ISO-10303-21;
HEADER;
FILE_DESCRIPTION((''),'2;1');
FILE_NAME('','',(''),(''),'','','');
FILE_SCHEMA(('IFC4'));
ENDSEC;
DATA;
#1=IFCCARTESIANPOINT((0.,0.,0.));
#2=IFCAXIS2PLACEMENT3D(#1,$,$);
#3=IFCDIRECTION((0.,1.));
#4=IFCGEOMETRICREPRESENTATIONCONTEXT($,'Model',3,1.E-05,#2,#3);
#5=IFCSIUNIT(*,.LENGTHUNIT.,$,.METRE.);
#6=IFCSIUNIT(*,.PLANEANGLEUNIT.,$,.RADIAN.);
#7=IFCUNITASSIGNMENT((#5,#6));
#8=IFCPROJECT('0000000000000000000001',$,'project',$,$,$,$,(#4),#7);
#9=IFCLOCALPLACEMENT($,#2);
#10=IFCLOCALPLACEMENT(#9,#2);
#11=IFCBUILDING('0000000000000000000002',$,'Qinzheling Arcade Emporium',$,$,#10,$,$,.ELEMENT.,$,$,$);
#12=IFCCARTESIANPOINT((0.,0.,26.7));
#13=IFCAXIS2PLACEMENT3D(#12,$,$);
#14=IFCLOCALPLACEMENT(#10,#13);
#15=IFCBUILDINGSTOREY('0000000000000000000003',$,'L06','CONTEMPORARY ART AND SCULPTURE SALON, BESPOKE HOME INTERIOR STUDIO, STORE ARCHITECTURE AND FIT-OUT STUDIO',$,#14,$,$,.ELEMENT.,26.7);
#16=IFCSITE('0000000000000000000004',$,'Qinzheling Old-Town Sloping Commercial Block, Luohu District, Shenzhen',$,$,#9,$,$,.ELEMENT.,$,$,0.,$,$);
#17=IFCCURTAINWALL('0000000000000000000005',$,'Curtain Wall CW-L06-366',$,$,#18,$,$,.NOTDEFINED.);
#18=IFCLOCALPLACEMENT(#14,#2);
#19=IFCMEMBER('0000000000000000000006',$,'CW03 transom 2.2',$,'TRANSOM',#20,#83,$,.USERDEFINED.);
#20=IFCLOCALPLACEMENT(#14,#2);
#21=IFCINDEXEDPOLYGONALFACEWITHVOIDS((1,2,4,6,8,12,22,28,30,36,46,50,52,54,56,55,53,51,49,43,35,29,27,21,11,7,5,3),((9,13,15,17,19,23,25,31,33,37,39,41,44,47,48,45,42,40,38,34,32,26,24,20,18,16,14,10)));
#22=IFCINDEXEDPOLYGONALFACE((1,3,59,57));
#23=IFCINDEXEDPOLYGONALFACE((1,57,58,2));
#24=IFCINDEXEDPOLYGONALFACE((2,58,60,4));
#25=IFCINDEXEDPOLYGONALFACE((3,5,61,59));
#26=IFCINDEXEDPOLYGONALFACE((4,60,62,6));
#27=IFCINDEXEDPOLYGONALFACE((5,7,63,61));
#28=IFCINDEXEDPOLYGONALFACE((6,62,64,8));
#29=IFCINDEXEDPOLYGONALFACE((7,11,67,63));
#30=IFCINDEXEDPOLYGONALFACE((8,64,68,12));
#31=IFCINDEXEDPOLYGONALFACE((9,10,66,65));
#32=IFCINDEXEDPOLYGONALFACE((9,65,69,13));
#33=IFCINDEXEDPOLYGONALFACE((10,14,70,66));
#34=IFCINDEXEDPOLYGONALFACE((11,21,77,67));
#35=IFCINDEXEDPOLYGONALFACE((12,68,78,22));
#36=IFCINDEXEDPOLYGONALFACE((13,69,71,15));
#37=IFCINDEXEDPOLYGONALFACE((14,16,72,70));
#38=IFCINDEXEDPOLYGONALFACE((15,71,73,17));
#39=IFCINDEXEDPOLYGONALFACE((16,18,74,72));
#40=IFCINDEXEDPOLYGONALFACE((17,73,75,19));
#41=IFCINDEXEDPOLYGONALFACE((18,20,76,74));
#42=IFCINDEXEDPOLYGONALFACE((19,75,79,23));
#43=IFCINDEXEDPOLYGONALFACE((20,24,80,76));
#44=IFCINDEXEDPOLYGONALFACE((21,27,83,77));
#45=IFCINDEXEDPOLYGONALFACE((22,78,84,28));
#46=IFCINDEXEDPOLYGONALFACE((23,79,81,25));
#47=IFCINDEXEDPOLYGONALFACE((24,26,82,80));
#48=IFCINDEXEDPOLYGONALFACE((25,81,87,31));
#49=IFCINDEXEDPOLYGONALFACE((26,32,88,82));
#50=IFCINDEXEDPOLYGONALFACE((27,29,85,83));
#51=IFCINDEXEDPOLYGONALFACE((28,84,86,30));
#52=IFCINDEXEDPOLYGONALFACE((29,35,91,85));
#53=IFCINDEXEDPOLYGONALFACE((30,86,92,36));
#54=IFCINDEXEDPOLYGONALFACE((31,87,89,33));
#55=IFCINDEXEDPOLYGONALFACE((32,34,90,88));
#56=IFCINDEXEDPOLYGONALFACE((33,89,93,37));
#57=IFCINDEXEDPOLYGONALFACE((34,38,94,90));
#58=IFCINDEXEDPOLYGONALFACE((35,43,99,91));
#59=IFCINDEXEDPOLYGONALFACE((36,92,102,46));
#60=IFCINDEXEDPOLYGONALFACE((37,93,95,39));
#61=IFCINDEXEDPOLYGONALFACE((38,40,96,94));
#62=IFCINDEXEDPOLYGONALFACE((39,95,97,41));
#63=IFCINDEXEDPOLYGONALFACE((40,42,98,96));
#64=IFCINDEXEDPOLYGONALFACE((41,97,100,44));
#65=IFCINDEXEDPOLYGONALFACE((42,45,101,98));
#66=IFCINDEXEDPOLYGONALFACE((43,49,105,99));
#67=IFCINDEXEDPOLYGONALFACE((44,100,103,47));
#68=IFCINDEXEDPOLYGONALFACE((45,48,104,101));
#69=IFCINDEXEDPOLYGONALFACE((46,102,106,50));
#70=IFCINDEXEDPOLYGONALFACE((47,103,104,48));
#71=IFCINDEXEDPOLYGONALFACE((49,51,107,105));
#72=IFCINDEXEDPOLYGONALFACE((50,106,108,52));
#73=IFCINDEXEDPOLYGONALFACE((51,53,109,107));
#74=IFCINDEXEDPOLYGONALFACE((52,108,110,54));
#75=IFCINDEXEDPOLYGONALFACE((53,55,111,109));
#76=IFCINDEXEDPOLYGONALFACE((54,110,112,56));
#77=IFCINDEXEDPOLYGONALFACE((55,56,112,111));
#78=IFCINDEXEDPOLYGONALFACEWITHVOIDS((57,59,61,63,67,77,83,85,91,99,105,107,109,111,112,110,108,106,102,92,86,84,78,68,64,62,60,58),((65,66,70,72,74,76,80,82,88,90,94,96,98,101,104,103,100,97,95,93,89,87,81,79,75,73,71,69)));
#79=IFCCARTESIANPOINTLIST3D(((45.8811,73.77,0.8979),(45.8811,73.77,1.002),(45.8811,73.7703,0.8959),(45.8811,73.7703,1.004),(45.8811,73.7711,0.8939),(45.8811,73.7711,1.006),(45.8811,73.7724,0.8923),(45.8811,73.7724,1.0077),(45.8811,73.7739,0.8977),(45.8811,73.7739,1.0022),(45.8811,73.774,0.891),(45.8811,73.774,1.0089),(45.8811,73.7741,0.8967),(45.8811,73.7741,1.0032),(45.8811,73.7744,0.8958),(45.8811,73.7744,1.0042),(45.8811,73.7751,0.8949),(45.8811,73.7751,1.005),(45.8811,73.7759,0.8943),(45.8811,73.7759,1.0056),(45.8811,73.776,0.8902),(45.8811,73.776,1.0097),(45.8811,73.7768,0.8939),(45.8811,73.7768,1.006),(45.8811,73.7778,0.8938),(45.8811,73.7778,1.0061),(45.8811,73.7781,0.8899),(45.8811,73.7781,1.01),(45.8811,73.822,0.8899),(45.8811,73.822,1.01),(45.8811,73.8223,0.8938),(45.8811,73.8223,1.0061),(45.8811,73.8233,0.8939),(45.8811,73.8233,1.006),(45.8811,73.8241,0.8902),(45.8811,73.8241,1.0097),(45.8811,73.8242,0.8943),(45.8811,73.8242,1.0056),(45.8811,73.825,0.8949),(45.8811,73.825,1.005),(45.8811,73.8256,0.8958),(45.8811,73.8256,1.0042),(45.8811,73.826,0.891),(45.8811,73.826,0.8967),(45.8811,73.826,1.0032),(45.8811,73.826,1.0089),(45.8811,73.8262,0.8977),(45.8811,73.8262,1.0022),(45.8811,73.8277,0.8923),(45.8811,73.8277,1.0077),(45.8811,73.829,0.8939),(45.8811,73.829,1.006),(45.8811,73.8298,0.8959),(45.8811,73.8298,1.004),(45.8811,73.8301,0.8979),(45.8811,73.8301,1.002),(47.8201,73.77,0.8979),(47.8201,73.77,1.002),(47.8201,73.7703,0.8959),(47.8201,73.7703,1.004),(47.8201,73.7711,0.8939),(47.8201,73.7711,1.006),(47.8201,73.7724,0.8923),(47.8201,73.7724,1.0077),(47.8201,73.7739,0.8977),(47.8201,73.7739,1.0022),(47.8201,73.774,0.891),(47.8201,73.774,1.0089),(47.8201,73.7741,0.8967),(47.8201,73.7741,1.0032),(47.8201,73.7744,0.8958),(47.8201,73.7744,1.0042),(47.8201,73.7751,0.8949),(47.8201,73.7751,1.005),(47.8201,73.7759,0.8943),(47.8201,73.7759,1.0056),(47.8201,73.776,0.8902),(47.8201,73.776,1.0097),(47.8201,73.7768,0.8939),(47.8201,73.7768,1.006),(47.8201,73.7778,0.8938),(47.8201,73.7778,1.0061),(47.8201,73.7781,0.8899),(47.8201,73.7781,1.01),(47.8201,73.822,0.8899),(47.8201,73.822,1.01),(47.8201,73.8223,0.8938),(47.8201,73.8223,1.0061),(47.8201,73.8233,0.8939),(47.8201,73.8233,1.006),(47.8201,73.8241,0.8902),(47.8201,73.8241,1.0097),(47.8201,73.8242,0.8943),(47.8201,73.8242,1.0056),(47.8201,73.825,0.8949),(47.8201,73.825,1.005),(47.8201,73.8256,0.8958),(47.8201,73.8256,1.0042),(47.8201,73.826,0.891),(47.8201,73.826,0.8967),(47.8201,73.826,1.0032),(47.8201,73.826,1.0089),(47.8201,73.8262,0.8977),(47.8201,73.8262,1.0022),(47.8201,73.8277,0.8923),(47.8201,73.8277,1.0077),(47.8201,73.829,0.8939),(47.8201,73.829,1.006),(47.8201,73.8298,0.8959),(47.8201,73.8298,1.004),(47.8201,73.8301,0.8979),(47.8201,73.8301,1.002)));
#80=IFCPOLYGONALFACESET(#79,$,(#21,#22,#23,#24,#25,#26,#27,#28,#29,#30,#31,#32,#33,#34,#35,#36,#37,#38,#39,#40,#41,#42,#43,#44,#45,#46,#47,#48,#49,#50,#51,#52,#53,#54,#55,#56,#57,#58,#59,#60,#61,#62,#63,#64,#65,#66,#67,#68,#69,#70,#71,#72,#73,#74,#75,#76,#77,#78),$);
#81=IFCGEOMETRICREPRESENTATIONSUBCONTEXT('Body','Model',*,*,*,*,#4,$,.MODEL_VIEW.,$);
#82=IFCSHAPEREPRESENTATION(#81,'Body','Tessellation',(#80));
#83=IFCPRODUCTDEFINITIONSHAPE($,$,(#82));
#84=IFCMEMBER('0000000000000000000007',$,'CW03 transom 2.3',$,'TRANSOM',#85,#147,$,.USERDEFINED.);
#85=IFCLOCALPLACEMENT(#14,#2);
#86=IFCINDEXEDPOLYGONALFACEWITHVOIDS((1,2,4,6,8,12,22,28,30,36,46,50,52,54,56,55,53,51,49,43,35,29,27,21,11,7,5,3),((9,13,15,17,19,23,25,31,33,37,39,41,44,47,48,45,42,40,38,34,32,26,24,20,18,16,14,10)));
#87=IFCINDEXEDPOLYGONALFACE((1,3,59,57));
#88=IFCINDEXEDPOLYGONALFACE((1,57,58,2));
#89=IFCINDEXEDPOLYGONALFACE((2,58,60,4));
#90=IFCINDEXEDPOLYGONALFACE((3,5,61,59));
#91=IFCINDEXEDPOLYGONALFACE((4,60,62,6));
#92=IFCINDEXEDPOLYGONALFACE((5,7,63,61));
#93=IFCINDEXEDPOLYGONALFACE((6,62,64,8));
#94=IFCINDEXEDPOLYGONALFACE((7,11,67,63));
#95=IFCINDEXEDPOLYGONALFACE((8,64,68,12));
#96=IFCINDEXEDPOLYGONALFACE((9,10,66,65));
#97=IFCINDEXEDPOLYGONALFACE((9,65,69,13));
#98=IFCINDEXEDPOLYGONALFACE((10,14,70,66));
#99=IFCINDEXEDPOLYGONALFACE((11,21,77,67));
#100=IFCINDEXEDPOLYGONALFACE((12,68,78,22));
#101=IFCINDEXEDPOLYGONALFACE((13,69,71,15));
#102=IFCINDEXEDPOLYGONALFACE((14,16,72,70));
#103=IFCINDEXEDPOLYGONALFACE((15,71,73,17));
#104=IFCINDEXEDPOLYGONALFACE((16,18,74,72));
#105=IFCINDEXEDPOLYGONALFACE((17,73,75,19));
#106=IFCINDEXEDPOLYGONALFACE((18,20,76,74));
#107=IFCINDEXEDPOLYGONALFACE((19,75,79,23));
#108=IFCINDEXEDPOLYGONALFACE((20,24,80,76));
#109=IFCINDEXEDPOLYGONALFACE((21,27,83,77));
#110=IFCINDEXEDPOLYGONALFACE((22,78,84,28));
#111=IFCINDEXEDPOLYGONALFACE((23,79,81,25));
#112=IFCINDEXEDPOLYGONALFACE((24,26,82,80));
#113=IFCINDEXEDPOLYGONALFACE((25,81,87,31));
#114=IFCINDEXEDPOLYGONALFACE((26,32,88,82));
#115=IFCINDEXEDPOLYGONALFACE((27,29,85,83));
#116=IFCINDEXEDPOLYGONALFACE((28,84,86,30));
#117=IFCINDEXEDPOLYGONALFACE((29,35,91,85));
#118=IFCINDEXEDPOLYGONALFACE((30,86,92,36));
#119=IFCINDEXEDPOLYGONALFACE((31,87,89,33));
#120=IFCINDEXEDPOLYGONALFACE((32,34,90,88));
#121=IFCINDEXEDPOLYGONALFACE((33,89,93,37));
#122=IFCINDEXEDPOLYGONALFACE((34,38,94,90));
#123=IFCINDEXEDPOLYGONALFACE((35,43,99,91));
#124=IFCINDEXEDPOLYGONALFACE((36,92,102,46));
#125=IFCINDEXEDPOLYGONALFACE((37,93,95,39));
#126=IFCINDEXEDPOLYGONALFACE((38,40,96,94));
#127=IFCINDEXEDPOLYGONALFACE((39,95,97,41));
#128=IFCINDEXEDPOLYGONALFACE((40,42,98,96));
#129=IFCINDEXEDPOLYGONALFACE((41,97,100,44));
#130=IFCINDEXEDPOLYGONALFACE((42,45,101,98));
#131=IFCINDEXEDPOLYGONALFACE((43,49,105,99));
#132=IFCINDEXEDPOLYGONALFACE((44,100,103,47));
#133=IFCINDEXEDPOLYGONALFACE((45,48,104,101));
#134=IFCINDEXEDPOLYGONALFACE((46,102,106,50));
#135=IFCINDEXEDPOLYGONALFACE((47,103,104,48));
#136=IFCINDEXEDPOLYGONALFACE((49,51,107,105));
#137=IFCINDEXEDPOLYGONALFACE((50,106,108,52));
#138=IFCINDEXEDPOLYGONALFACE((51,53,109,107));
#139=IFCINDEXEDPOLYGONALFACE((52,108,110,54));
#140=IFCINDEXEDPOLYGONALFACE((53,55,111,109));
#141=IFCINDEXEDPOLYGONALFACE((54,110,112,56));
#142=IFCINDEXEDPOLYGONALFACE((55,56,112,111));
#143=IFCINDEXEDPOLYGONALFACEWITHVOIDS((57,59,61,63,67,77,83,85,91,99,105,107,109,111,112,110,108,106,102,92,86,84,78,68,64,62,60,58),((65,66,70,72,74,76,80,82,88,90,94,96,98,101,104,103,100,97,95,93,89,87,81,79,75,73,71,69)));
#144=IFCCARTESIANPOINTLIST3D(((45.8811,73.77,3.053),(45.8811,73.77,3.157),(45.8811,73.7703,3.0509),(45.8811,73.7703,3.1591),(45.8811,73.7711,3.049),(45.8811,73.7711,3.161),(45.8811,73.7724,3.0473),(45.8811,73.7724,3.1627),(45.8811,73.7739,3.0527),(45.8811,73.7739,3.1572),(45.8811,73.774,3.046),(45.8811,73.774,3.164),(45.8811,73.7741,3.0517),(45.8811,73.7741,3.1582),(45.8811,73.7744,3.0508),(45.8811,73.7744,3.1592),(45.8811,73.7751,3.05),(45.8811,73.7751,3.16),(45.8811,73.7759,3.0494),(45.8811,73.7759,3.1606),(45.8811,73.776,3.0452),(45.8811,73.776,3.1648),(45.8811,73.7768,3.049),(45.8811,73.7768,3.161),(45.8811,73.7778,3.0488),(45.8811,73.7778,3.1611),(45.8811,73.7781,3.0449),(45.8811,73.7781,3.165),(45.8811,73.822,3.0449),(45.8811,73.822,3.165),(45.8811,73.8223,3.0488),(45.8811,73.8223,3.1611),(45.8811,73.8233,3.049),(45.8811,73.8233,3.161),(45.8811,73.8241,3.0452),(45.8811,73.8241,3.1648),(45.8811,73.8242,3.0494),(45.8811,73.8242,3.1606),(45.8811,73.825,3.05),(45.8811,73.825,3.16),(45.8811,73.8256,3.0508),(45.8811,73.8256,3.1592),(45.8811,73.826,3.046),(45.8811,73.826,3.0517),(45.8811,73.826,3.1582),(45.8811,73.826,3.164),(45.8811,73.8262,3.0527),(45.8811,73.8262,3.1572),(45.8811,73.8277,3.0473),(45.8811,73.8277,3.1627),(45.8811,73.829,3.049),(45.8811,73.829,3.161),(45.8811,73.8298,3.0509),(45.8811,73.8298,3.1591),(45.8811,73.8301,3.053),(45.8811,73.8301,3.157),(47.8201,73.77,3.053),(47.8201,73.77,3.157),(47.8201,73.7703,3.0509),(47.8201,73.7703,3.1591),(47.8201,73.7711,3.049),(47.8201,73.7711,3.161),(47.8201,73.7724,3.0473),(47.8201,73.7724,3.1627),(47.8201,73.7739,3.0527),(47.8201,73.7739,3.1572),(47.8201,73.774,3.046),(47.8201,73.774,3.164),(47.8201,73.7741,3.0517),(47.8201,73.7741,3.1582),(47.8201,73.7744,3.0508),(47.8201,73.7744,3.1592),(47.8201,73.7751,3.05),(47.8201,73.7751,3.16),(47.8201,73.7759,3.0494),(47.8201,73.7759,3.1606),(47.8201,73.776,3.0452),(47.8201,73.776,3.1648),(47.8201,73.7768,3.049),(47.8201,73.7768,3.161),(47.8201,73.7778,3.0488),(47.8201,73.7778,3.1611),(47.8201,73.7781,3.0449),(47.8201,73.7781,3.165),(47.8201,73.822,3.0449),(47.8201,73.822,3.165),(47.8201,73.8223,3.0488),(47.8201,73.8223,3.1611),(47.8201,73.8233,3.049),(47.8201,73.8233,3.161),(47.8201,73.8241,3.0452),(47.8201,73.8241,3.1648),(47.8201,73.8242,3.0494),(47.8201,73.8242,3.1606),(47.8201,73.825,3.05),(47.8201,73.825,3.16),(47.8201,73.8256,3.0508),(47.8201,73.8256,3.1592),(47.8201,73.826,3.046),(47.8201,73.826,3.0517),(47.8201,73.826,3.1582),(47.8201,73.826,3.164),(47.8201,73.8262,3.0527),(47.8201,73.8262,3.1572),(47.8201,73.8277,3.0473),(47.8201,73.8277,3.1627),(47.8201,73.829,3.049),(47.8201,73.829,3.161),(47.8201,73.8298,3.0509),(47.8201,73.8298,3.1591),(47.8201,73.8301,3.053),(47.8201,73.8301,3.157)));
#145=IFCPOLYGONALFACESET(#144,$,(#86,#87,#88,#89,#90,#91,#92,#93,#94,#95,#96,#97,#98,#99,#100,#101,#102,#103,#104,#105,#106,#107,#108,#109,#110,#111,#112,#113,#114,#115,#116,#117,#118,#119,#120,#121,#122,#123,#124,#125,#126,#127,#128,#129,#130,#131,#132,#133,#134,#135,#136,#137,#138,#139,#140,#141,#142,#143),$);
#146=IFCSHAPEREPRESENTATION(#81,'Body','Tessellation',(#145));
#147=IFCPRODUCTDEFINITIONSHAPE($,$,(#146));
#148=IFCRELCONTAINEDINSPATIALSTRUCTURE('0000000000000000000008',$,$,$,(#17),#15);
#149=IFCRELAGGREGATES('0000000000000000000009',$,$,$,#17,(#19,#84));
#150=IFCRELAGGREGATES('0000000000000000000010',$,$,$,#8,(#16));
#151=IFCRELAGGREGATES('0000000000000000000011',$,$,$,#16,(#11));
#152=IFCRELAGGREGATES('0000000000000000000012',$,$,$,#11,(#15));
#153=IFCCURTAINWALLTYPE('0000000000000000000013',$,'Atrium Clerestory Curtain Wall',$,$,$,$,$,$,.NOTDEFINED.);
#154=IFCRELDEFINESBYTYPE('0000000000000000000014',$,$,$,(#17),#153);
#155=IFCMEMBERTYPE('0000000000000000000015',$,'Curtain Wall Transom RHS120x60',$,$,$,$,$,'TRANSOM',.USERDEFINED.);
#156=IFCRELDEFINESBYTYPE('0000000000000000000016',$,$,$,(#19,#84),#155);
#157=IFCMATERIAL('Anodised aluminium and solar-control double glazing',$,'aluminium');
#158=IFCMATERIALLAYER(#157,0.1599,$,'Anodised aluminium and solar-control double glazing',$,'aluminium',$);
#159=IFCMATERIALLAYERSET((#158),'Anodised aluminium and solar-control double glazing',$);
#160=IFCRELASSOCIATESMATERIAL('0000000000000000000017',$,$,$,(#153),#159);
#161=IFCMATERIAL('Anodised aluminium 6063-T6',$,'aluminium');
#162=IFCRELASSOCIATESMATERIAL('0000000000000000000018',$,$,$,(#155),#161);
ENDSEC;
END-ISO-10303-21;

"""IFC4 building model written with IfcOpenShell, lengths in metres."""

from ifc_helpers import new_model, si_unit, direction, frame, origin, origin_2d, place, context, subcontext, project, spatial, hollow_rectangle, extrude, material, layer, layer_set, material_profile, profile_set, type_object, element, aggregate, save


model = new_model("IFC4")

# Units and contexts
model_context = context("Model", 3, precision=1e-05, world=origin(), true_north=direction((0.0, 1.0)))
body_context = subcontext(model_context, "Body", "Model", "MODEL_VIEW")
ifc_project = project(units=[si_unit("LENGTHUNIT", "METRE"), si_unit("PLANEANGLEUNIT", "RADIAN")], contexts=[model_context])

# Site, building, storey
site_placement = place(None, origin())
site = spatial("IfcSite", under=ifc_project, at=site_placement, Name="Qinzheling Old-Town Sloping Commercial Block, Luohu District, Shenzhen", CompositionType="ELEMENT", RefElevation=0.0)
building_placement = place(site_placement, origin())
building = spatial("IfcBuilding", under=site, at=building_placement, Name="Qinzheling Arcade Emporium", CompositionType="ELEMENT")
storey_placement = place(building_placement, frame((0.0, 0.0, 26.7)))
storey = spatial("IfcBuildingStorey", under=building, at=storey_placement, Name="L06", Description="CONTEMPORARY ART AND SCULPTURE SALON, BESPOKE HOME INTERIOR STUDIO, STORE ARCHITECTURE AND FIT-OUT STUDIO", CompositionType="ELEMENT", Elevation=26.7)

# Curtain wall, members
ifc_material_1 = material(Name="Anodised aluminium and solar-control double glazing", Category="aluminium")
ifc_layer_1 = layer(ifc_material_1, 0.1599, Name="Anodised aluminium and solar-control double glazing", Category="aluminium")
ifc_layer_set_1 = layer_set([ifc_layer_1], Name="Anodised aluminium and solar-control double glazing")
curtain_wall_type = type_object("IfcCurtainWallType", Name="Atrium Clerestory Curtain Wall", PredefinedType="NOTDEFINED", material=ifc_layer_set_1)
curtain_wall_placement = place(storey_placement, origin())
curtain_wall = element("IfcCurtainWall", 1, at=curtain_wall_placement, inside=storey, type_object=curtain_wall_type, Name="Curtain Wall CW-L06-366", PredefinedType="NOTDEFINED")
ifc_material_2 = material(Name="Anodised aluminium 6063-T6", Category="aluminium")
ifc_material_profile_1 = material_profile(ifc_material_2, hollow_rectangle(XDim=0.0601, YDim=0.1201, WallThickness=0.0039, InnerFilletRadius=0.0039, OuterFilletRadius=0.0081, at=origin_2d()), Name="RHS 120x60x4", Category="aluminium")
ifc_profile_set_1 = profile_set([ifc_material_profile_1], Name="Anodised aluminium 6063-T6")
member_type_1 = type_object("IfcMemberType", Name="Curtain Wall Transom RHS120x60", ElementType="TRANSOM", PredefinedType="USERDEFINED", material=ifc_profile_set_1)
member_1_placement = place(storey_placement, frame((45.8811, 73.8, 0.95), z_axis=(1.0, 0.0, 0.0), x_axis=(0.0, 1.0, 0.0)))
member_1 = element("IfcMember", 2, at=member_1_placement, type_object=member_type_1, Name="CW03 transom 2.2", ObjectType="TRANSOM", PredefinedType="USERDEFINED", context=body_context, shape_type="SweptSolid", body=[
    extrude(hollow_rectangle(XDim=0.0601, YDim=0.1201, WallThickness=0.0039, InnerFilletRadius=0.0039, OuterFilletRadius=0.0081, at=origin_2d()), origin(), (0.0, 0.0, 1.0), 1.939),
])
member_2_placement = place(storey_placement, frame((45.8811, 73.8, 3.105), z_axis=(1.0, 0.0, 0.0), x_axis=(0.0, 1.0, 0.0)))
member_2 = element("IfcMember", 3, at=member_2_placement, type_object=member_type_1, Name="CW03 transom 2.3", ObjectType="TRANSOM", PredefinedType="USERDEFINED", context=body_context, shape_type="SweptSolid", body=[
    extrude(hollow_rectangle(XDim=0.0601, YDim=0.1201, WallThickness=0.0039, InnerFilletRadius=0.0039, OuterFilletRadius=0.0081, at=origin_2d()), origin(), (0.0, 0.0, 1.0), 1.939),
])

aggregate(curtain_wall, [member_1, member_2])

save(model, "model.ifc")
